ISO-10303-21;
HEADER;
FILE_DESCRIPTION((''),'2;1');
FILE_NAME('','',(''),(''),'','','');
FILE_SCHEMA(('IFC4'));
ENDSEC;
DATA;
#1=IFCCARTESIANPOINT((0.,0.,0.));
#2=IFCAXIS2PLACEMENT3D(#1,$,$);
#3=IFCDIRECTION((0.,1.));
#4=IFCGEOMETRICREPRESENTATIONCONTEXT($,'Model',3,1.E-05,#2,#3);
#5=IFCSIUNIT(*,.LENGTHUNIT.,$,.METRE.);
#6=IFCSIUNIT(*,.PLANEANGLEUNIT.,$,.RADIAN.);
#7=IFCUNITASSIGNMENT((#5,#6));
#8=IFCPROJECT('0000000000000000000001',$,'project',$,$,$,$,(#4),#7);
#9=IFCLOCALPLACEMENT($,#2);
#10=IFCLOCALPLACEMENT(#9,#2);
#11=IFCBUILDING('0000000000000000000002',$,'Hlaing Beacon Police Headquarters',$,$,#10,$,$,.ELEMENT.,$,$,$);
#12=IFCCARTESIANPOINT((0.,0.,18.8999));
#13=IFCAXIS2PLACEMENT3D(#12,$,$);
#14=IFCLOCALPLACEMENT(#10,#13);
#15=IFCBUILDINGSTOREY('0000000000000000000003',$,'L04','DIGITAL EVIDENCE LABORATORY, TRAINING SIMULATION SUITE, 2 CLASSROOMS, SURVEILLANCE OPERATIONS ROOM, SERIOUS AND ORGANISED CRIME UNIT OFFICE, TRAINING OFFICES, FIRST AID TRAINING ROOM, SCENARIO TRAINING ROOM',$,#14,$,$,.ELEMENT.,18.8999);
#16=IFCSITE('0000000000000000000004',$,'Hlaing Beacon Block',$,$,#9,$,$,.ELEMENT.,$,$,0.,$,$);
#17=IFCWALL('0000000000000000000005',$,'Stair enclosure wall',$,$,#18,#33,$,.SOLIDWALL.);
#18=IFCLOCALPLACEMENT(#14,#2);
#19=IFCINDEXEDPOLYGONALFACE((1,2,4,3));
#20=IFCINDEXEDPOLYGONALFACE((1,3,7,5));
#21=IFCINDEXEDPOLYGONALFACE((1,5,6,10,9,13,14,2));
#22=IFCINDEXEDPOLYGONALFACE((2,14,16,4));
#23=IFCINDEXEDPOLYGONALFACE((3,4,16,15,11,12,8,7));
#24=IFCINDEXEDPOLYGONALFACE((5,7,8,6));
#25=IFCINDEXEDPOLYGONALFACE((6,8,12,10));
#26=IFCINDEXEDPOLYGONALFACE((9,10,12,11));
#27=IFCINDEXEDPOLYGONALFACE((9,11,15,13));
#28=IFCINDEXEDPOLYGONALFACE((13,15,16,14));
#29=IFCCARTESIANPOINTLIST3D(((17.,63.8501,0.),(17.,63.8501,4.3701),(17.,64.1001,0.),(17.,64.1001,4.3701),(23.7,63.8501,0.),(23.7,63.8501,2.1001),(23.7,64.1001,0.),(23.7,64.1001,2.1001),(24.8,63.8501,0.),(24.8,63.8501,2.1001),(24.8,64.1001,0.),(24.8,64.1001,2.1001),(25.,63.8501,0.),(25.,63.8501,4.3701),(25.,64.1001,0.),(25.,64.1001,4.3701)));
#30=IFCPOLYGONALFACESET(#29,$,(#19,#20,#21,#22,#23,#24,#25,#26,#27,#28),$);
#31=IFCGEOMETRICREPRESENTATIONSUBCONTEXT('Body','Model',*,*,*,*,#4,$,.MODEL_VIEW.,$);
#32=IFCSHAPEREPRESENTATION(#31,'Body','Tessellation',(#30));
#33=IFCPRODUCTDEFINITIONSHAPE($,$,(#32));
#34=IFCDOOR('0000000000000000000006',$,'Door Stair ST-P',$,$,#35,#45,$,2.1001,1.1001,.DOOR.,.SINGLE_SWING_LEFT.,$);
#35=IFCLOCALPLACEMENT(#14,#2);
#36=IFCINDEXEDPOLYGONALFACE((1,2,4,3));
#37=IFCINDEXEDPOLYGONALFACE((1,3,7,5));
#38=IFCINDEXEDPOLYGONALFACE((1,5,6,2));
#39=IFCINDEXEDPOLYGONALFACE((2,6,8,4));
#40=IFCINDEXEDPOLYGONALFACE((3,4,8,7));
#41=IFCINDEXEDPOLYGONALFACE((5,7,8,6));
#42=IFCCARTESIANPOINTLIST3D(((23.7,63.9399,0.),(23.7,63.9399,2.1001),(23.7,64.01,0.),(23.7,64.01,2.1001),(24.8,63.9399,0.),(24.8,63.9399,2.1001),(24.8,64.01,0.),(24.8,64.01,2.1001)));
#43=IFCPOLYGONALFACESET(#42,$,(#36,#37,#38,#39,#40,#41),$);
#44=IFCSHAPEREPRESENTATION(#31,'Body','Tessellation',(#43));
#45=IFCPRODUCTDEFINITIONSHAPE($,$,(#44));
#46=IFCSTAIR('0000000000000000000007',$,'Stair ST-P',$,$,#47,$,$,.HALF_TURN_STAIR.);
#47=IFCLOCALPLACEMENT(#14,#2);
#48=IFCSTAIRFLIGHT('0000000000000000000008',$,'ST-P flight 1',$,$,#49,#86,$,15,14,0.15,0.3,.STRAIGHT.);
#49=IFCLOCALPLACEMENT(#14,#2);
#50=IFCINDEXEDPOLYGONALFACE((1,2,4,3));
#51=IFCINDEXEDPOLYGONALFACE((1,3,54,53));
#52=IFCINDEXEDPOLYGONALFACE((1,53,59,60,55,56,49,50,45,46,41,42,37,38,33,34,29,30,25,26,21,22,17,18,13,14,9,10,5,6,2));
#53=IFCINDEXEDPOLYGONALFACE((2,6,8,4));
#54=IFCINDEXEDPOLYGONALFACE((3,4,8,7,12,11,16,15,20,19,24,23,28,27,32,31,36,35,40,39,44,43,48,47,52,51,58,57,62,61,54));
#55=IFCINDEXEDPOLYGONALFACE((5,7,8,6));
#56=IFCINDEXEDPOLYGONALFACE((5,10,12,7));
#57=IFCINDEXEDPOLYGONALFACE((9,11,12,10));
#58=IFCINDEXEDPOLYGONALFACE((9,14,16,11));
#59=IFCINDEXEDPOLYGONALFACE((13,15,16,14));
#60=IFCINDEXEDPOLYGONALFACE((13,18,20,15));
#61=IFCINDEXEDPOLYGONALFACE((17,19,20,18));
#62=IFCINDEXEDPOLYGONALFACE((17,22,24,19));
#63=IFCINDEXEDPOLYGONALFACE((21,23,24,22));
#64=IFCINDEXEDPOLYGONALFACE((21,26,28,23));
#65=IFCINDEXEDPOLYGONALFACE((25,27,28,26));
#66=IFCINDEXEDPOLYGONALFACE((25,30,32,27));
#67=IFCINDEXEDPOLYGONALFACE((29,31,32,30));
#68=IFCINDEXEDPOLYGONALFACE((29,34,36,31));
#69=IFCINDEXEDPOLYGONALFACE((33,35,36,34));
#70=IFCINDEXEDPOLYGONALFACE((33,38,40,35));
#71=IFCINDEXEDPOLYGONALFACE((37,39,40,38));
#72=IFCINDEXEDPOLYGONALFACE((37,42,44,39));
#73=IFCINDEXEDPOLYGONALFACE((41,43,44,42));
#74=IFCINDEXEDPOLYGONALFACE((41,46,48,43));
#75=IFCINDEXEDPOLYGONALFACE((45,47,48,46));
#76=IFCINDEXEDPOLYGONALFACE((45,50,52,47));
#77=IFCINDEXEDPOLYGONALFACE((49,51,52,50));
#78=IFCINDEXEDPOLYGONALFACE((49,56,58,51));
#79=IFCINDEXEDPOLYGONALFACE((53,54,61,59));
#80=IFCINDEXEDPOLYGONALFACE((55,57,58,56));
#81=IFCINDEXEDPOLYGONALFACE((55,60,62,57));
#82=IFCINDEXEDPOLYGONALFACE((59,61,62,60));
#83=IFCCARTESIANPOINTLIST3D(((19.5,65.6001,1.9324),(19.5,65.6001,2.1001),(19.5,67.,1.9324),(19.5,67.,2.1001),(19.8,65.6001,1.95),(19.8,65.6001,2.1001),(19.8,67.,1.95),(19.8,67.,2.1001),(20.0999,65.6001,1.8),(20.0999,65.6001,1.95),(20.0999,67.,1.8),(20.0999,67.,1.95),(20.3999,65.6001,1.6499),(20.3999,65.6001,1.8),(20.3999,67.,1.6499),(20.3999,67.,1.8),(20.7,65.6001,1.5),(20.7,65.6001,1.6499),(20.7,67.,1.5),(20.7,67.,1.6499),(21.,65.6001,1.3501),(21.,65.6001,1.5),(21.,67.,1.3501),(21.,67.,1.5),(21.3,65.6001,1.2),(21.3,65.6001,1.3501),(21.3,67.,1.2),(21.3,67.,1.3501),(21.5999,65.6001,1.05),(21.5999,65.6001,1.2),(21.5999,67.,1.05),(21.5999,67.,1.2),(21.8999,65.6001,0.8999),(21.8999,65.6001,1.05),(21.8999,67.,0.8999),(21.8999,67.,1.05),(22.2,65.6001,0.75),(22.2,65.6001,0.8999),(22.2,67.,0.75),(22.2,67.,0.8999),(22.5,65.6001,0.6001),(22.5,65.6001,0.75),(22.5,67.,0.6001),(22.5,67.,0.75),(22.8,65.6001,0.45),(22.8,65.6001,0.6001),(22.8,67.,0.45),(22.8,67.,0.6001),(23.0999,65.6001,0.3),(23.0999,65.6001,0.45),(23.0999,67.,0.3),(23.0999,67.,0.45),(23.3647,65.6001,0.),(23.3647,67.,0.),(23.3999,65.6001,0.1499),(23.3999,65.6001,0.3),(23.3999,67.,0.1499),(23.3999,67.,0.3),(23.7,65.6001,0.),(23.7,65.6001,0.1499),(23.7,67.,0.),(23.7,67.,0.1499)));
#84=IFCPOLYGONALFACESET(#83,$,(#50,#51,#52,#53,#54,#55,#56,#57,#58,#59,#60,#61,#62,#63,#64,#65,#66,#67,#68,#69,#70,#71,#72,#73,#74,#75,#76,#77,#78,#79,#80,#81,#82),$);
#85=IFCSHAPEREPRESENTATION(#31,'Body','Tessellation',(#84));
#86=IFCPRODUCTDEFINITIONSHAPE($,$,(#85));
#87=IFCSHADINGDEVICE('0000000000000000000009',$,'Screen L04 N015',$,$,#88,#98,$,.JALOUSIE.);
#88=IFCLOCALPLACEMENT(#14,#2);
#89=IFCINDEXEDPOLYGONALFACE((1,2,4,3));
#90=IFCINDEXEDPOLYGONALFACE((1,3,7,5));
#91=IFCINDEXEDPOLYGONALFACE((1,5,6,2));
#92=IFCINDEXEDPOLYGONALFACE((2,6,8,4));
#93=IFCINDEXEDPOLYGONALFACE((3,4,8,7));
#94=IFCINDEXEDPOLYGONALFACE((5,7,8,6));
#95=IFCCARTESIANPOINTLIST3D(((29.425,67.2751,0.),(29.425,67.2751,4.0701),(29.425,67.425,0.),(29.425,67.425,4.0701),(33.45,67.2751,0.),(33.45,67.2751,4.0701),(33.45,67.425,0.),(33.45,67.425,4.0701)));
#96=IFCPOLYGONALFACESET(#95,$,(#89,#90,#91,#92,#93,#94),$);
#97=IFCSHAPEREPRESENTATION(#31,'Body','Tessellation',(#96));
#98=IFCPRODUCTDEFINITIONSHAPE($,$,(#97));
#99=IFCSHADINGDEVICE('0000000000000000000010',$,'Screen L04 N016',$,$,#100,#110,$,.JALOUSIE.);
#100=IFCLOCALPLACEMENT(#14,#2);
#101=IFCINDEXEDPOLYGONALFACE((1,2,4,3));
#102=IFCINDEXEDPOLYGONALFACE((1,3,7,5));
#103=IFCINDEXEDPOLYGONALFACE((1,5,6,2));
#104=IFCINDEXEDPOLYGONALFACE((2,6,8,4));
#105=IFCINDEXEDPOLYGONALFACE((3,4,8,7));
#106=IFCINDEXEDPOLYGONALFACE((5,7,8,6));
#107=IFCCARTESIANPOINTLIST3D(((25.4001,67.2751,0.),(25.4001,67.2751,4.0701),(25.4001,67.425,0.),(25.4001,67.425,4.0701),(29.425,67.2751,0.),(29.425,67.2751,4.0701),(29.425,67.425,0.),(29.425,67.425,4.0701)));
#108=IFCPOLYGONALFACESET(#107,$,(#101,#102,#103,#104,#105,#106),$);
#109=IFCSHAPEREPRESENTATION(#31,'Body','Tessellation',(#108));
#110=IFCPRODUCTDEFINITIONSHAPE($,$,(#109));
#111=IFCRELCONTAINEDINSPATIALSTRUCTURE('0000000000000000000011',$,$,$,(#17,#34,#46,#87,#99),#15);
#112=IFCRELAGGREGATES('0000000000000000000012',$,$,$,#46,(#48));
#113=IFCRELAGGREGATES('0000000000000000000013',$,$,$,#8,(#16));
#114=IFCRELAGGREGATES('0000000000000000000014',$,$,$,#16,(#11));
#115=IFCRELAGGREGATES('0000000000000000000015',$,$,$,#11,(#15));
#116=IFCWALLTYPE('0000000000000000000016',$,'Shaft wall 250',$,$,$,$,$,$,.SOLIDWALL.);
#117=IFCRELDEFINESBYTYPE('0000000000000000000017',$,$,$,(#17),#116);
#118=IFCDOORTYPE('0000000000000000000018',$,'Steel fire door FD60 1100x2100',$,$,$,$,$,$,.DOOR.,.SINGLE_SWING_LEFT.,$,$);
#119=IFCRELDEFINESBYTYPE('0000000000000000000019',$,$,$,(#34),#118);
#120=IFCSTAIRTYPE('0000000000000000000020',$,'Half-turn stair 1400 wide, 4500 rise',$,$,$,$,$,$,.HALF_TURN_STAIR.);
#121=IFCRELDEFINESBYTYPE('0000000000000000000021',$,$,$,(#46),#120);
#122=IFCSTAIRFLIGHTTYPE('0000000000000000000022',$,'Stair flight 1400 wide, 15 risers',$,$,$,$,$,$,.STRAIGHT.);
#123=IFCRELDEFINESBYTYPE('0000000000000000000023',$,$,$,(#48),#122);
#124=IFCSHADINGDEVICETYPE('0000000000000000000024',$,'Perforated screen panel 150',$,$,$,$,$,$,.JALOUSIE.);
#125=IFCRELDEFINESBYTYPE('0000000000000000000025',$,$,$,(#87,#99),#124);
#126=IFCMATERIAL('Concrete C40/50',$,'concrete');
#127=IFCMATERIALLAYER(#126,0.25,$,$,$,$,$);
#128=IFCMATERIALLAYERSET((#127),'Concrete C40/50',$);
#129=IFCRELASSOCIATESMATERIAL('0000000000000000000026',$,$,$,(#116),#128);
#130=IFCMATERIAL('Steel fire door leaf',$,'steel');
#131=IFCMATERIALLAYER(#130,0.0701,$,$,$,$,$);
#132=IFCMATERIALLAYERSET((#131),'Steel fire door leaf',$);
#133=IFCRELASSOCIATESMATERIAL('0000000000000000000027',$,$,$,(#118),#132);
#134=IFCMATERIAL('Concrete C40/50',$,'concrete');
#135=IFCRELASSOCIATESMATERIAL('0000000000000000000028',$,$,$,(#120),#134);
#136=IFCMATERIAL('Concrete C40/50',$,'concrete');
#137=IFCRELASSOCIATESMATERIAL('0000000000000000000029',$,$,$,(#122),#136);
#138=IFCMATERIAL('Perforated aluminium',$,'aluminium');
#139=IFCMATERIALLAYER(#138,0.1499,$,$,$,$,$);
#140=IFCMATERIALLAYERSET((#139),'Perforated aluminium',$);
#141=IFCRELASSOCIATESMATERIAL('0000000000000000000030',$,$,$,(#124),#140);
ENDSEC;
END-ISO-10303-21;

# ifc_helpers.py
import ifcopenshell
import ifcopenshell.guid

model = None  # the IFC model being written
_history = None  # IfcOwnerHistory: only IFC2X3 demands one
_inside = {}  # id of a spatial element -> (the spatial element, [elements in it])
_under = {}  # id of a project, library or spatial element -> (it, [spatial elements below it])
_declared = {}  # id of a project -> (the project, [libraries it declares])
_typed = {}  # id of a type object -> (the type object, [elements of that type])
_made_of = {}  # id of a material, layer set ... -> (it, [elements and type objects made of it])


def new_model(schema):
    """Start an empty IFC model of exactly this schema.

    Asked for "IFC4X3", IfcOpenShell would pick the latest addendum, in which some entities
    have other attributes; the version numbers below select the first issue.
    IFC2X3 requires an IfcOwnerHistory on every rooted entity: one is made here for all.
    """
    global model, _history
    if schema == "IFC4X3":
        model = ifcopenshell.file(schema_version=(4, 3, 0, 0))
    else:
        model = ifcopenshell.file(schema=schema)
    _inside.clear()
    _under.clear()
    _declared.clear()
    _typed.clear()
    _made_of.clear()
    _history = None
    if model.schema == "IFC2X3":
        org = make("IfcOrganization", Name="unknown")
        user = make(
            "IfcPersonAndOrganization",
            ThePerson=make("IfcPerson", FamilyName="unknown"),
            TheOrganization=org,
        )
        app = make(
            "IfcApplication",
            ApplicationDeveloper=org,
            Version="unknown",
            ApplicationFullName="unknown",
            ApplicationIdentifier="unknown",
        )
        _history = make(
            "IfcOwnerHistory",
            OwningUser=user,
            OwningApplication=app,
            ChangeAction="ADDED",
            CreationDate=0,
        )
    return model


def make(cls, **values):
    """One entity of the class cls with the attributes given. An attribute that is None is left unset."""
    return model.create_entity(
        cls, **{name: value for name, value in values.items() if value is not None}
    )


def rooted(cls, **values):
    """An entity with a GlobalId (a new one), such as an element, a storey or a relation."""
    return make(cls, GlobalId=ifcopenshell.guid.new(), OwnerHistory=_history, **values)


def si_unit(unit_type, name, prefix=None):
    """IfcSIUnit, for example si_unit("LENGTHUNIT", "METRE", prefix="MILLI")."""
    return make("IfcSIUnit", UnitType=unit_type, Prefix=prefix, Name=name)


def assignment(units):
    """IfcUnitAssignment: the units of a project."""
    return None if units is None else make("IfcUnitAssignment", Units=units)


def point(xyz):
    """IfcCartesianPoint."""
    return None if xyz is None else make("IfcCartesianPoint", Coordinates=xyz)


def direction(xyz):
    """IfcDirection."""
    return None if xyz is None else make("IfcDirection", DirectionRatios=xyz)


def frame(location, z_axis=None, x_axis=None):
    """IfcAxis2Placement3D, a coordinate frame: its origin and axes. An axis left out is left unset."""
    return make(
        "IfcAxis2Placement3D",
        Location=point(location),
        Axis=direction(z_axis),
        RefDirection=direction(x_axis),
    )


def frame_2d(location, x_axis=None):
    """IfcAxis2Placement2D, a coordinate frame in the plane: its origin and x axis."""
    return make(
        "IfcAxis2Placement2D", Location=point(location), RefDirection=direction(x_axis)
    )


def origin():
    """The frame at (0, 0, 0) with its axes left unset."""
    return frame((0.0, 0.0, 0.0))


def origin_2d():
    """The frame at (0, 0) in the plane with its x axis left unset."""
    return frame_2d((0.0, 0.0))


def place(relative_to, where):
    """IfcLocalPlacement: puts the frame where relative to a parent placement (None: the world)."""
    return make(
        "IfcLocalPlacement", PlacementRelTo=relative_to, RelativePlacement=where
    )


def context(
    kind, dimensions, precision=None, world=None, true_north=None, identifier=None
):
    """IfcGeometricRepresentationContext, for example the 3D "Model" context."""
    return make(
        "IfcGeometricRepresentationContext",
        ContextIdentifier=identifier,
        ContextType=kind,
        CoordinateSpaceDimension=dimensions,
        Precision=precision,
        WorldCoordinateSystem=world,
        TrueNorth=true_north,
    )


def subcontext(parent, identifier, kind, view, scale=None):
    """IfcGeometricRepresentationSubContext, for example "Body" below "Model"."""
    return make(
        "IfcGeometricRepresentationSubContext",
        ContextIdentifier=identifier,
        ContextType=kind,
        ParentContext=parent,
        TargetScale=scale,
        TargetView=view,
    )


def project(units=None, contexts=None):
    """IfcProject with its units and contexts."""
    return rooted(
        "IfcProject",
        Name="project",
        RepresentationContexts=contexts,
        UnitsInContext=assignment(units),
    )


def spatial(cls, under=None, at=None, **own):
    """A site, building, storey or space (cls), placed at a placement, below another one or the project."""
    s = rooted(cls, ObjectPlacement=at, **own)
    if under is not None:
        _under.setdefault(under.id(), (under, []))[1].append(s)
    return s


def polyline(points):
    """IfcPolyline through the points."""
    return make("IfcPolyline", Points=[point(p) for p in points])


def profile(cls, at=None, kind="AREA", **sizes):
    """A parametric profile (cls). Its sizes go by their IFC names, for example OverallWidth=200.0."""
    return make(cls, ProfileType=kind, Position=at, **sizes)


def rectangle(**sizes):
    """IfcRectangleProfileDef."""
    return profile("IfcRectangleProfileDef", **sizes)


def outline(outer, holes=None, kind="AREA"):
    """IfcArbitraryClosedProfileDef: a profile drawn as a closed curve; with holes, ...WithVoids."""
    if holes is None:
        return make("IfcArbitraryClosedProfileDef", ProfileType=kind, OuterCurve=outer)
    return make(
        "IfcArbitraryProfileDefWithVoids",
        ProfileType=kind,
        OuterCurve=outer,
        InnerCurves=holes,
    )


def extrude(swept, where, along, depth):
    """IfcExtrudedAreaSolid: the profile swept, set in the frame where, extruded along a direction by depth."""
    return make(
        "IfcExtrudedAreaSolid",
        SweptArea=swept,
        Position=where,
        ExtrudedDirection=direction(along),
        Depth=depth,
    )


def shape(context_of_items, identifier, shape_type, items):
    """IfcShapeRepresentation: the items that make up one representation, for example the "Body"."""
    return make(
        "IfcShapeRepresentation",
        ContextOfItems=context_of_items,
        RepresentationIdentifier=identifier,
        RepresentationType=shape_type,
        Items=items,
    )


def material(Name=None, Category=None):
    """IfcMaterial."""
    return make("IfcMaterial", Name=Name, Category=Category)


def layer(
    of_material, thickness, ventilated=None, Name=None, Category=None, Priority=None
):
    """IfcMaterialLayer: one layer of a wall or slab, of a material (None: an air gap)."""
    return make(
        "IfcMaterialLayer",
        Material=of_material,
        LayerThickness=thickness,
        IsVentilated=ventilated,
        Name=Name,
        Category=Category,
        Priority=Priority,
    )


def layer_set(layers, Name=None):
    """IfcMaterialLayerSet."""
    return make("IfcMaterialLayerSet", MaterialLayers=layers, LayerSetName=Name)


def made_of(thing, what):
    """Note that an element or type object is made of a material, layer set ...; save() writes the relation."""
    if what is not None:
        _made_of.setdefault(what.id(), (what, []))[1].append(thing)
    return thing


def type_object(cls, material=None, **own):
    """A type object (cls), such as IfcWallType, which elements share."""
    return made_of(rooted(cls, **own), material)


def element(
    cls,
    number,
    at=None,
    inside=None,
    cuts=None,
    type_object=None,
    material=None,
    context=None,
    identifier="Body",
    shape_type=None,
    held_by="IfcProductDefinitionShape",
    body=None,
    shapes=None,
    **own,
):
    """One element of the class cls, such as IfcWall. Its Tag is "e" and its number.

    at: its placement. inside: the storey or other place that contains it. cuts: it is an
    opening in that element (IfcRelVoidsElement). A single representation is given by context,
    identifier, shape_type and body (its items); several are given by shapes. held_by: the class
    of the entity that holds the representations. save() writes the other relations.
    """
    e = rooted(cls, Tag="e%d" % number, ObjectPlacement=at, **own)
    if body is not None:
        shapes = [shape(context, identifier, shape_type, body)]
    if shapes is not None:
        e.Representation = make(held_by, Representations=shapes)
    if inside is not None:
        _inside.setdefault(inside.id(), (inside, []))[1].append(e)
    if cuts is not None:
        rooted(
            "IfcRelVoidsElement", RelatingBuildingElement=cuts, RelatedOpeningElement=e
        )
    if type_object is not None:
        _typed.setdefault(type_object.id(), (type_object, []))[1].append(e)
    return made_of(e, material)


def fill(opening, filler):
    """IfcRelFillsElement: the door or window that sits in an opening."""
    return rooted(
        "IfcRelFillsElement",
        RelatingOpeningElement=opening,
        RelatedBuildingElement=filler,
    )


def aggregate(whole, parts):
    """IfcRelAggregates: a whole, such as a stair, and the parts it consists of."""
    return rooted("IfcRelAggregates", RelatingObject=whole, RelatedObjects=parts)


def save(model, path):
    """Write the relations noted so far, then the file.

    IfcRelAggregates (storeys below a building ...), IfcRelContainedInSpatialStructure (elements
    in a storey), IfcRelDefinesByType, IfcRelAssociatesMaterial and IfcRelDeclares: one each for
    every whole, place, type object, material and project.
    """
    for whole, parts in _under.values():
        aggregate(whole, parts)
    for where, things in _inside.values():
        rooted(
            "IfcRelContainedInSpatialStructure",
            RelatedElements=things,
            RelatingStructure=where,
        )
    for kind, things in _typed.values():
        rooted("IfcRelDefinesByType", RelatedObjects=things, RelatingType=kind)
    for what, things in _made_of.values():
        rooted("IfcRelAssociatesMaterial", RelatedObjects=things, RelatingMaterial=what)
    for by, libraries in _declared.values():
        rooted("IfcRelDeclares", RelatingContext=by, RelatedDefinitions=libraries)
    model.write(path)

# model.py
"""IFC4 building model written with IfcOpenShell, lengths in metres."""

from ifc_helpers import new_model, si_unit, direction, frame, frame_2d, origin, origin_2d, place, context, subcontext, project, spatial, polyline, rectangle, outline, extrude, material, layer, layer_set, type_object, element, fill, aggregate, save


model = new_model("IFC4")

# Units and contexts
model_context = context("Model", 3, precision=1e-05, world=origin(), true_north=direction((0.0, 1.0)))
body_context = subcontext(model_context, "Body", "Model", "MODEL_VIEW")
ifc_project = project(units=[si_unit("LENGTHUNIT", "METRE"), si_unit("PLANEANGLEUNIT", "RADIAN")], contexts=[model_context])

# Site, building, storey
site_placement = place(None, origin())
site = spatial("IfcSite", under=ifc_project, at=site_placement, Name="Hlaing Beacon Block", CompositionType="ELEMENT", RefElevation=0.0)
building_placement = place(site_placement, origin())
building = spatial("IfcBuilding", under=site, at=building_placement, Name="Hlaing Beacon Police Headquarters", CompositionType="ELEMENT")
storey_placement = place(building_placement, frame((0.0, 0.0, 18.8999)))
storey = spatial("IfcBuildingStorey", under=building, at=storey_placement, Name="L04", Description="DIGITAL EVIDENCE LABORATORY, TRAINING SIMULATION SUITE, 2 CLASSROOMS, SURVEILLANCE OPERATIONS ROOM, SERIOUS AND ORGANISED CRIME UNIT OFFICE, TRAINING OFFICES, FIRST AID TRAINING ROOM, SCENARIO TRAINING ROOM", CompositionType="ELEMENT", Elevation=18.8999)

# Wall, opening, door
ifc_material_1 = material(Name="Concrete C40/50", Category="concrete")
ifc_layer_1 = layer(ifc_material_1, 0.25)
ifc_layer_set_1 = layer_set([ifc_layer_1], Name="Concrete C40/50")
wall_type_1 = type_object("IfcWallType", Name="Shaft wall 250", PredefinedType="SOLIDWALL", material=ifc_layer_set_1)
wall_1_placement = place(storey_placement, frame((25.0, 63.9751, 0.0), z_axis=(0.0, 0.0, 1.0), x_axis=(-1.0, 0.0, 0.0)))
wall_1 = element("IfcWall", 1, at=wall_1_placement, inside=storey, type_object=wall_type_1, Name="Stair enclosure wall", PredefinedType="SOLIDWALL", context=body_context, shape_type="SweptSolid", body=[
    extrude(rectangle(XDim=8.0, YDim=0.25, at=frame_2d((4.0, 0.0))), origin(), (0.0, 0.0, 1.0), 4.3701),
])
opening_1_placement = place(wall_1_placement, frame((0.2, 0.0, 0.0)))
opening_1 = element("IfcOpeningElement", 2, at=opening_1_placement, cuts=wall_1, PredefinedType="OPENING", context=body_context, shape_type="SweptSolid", body=[
    extrude(rectangle(XDim=1.1001, YDim=2.1001, at=frame_2d((0.55, 1.05))), frame((0.0, 0.135, 0.0), z_axis=(0.0, -1.0, 0.0), x_axis=(1.0, 0.0, 0.0)), (0.0, 0.0, 1.0), 0.27),
])
ifc_material_2 = material(Name="Steel fire door leaf", Category="steel")
ifc_layer_2 = layer(ifc_material_2, 0.0701)
ifc_layer_set_2 = layer_set([ifc_layer_2], Name="Steel fire door leaf")
door_type_1 = type_object("IfcDoorType", Name="Steel fire door FD60 1100x2100", OperationType="SINGLE_SWING_LEFT", PredefinedType="DOOR", material=ifc_layer_set_2)
door_1_placement = place(opening_1_placement, frame((1.1001, 0.0, 0.0), z_axis=(0.0, 0.0, 1.0), x_axis=(-1.0, 0.0, 0.0)))
door_1 = element("IfcDoor", 3, at=door_1_placement, inside=storey, type_object=door_type_1, Name="Door Stair ST-P", OperationType="SINGLE_SWING_LEFT", OverallHeight=2.1001, OverallWidth=1.1001, PredefinedType="DOOR", context=body_context, shape_type="SweptSolid", body=[
    extrude(rectangle(XDim=1.1001, YDim=2.1001, at=frame_2d((0.55, 1.05))), frame((0.0, 0.0349, 0.0), z_axis=(0.0, -1.0, 0.0), x_axis=(1.0, 0.0, 0.0)), (0.0, 0.0, 1.0), 0.0701),
])
fill(opening_1, door_1)

# Stair, stair flight
ifc_material_3 = material(Name="Concrete C40/50", Category="concrete")
stair_type = type_object("IfcStairType", Name="Half-turn stair 1400 wide, 4500 rise", PredefinedType="HALF_TURN_STAIR", material=ifc_material_3)
stair_placement = place(storey_placement, origin())
stair = element("IfcStair", 4, at=stair_placement, inside=storey, type_object=stair_type, Name="Stair ST-P", PredefinedType="HALF_TURN_STAIR")
ifc_material_4 = material(Name="Concrete C40/50", Category="concrete")
stair_flight_type = type_object("IfcStairFlightType", Name="Stair flight 1400 wide, 15 risers", PredefinedType="STRAIGHT", material=ifc_material_4)
stair_flight_placement = place(storey_placement, frame((23.7, 66.3, 0.0), z_axis=(0.0, 0.0, 1.0), x_axis=(-1.0, 0.0, 0.0)))
stair_flight = element("IfcStairFlight", 5, at=stair_flight_placement, type_object=stair_flight_type, Name="ST-P flight 1", NumberOfRisers=15, NumberOfTreads=14, PredefinedType="STRAIGHT", RiserHeight=0.15, TreadLength=0.3, context=body_context, shape_type="SweptSolid", body=[
    extrude(outline(polyline([(0.0, 0.0), (0.0, 0.1499), (0.3, 0.1499), (0.3, 0.3), (0.6001, 0.3), (0.6001, 0.45), (0.8999, 0.45), (0.8999, 0.6001), (1.2, 0.6001), (1.2, 0.75), (1.5, 0.75), (1.5, 0.8999), (1.8, 0.8999), (1.8, 1.05), (2.1001, 1.05), (2.1001, 1.2), (2.3999, 1.2), (2.3999, 1.3501), (2.7, 1.3501), (2.7, 1.5), (3.0, 1.5), (3.0, 1.6499), (3.3, 1.6499), (3.3, 1.8), (3.6001, 1.8), (3.6001, 1.95), (3.8999, 1.95), (3.8999, 2.1001), (4.2, 2.1001), (4.2, 2.25), (4.2, 1.9324), (0.3352, 0.0), (0.0, 0.0)])), frame((0.0, 0.7, 0.0), z_axis=(0.0, -1.0, 0.0), x_axis=(1.0, 0.0, 0.0)), (0.0, 0.0, 1.0), 1.3999),
])
aggregate(stair, [stair_flight])

# Shading devices
ifc_material_5 = material(Name="Perforated aluminium", Category="aluminium")
ifc_layer_3 = layer(ifc_material_5, 0.1499)
ifc_layer_set_3 = layer_set([ifc_layer_3], Name="Perforated aluminium")
shading_device_type = type_object("IfcShadingDeviceType", Name="Perforated screen panel 150", PredefinedType="JALOUSIE", material=ifc_layer_set_3)
for number, where, z_axis, x_axis, name in (
    (6, (31.4375, 67.3501, 0.0), (0.0, 0.0, 1.0), (-1.0, 0.0, 0.0), "Screen L04 N015"),
    (7, (27.4126, 67.3501, 0.0), (0.0, 0.0, 1.0), (-1.0, 0.0, 0.0), "Screen L04 N016"),
):
    element("IfcShadingDevice", number, at=place(storey_placement, frame(where, z_axis=z_axis, x_axis=x_axis)), inside=storey, type_object=shading_device_type, Name=name, PredefinedType="JALOUSIE", context=body_context, shape_type="SweptSolid", body=[
        extrude(rectangle(XDim=4.0249, YDim=0.1499, at=origin_2d()), origin(), (0.0, 0.0, 1.0), 4.0701),
    ])

save(model, "model.ifc")
